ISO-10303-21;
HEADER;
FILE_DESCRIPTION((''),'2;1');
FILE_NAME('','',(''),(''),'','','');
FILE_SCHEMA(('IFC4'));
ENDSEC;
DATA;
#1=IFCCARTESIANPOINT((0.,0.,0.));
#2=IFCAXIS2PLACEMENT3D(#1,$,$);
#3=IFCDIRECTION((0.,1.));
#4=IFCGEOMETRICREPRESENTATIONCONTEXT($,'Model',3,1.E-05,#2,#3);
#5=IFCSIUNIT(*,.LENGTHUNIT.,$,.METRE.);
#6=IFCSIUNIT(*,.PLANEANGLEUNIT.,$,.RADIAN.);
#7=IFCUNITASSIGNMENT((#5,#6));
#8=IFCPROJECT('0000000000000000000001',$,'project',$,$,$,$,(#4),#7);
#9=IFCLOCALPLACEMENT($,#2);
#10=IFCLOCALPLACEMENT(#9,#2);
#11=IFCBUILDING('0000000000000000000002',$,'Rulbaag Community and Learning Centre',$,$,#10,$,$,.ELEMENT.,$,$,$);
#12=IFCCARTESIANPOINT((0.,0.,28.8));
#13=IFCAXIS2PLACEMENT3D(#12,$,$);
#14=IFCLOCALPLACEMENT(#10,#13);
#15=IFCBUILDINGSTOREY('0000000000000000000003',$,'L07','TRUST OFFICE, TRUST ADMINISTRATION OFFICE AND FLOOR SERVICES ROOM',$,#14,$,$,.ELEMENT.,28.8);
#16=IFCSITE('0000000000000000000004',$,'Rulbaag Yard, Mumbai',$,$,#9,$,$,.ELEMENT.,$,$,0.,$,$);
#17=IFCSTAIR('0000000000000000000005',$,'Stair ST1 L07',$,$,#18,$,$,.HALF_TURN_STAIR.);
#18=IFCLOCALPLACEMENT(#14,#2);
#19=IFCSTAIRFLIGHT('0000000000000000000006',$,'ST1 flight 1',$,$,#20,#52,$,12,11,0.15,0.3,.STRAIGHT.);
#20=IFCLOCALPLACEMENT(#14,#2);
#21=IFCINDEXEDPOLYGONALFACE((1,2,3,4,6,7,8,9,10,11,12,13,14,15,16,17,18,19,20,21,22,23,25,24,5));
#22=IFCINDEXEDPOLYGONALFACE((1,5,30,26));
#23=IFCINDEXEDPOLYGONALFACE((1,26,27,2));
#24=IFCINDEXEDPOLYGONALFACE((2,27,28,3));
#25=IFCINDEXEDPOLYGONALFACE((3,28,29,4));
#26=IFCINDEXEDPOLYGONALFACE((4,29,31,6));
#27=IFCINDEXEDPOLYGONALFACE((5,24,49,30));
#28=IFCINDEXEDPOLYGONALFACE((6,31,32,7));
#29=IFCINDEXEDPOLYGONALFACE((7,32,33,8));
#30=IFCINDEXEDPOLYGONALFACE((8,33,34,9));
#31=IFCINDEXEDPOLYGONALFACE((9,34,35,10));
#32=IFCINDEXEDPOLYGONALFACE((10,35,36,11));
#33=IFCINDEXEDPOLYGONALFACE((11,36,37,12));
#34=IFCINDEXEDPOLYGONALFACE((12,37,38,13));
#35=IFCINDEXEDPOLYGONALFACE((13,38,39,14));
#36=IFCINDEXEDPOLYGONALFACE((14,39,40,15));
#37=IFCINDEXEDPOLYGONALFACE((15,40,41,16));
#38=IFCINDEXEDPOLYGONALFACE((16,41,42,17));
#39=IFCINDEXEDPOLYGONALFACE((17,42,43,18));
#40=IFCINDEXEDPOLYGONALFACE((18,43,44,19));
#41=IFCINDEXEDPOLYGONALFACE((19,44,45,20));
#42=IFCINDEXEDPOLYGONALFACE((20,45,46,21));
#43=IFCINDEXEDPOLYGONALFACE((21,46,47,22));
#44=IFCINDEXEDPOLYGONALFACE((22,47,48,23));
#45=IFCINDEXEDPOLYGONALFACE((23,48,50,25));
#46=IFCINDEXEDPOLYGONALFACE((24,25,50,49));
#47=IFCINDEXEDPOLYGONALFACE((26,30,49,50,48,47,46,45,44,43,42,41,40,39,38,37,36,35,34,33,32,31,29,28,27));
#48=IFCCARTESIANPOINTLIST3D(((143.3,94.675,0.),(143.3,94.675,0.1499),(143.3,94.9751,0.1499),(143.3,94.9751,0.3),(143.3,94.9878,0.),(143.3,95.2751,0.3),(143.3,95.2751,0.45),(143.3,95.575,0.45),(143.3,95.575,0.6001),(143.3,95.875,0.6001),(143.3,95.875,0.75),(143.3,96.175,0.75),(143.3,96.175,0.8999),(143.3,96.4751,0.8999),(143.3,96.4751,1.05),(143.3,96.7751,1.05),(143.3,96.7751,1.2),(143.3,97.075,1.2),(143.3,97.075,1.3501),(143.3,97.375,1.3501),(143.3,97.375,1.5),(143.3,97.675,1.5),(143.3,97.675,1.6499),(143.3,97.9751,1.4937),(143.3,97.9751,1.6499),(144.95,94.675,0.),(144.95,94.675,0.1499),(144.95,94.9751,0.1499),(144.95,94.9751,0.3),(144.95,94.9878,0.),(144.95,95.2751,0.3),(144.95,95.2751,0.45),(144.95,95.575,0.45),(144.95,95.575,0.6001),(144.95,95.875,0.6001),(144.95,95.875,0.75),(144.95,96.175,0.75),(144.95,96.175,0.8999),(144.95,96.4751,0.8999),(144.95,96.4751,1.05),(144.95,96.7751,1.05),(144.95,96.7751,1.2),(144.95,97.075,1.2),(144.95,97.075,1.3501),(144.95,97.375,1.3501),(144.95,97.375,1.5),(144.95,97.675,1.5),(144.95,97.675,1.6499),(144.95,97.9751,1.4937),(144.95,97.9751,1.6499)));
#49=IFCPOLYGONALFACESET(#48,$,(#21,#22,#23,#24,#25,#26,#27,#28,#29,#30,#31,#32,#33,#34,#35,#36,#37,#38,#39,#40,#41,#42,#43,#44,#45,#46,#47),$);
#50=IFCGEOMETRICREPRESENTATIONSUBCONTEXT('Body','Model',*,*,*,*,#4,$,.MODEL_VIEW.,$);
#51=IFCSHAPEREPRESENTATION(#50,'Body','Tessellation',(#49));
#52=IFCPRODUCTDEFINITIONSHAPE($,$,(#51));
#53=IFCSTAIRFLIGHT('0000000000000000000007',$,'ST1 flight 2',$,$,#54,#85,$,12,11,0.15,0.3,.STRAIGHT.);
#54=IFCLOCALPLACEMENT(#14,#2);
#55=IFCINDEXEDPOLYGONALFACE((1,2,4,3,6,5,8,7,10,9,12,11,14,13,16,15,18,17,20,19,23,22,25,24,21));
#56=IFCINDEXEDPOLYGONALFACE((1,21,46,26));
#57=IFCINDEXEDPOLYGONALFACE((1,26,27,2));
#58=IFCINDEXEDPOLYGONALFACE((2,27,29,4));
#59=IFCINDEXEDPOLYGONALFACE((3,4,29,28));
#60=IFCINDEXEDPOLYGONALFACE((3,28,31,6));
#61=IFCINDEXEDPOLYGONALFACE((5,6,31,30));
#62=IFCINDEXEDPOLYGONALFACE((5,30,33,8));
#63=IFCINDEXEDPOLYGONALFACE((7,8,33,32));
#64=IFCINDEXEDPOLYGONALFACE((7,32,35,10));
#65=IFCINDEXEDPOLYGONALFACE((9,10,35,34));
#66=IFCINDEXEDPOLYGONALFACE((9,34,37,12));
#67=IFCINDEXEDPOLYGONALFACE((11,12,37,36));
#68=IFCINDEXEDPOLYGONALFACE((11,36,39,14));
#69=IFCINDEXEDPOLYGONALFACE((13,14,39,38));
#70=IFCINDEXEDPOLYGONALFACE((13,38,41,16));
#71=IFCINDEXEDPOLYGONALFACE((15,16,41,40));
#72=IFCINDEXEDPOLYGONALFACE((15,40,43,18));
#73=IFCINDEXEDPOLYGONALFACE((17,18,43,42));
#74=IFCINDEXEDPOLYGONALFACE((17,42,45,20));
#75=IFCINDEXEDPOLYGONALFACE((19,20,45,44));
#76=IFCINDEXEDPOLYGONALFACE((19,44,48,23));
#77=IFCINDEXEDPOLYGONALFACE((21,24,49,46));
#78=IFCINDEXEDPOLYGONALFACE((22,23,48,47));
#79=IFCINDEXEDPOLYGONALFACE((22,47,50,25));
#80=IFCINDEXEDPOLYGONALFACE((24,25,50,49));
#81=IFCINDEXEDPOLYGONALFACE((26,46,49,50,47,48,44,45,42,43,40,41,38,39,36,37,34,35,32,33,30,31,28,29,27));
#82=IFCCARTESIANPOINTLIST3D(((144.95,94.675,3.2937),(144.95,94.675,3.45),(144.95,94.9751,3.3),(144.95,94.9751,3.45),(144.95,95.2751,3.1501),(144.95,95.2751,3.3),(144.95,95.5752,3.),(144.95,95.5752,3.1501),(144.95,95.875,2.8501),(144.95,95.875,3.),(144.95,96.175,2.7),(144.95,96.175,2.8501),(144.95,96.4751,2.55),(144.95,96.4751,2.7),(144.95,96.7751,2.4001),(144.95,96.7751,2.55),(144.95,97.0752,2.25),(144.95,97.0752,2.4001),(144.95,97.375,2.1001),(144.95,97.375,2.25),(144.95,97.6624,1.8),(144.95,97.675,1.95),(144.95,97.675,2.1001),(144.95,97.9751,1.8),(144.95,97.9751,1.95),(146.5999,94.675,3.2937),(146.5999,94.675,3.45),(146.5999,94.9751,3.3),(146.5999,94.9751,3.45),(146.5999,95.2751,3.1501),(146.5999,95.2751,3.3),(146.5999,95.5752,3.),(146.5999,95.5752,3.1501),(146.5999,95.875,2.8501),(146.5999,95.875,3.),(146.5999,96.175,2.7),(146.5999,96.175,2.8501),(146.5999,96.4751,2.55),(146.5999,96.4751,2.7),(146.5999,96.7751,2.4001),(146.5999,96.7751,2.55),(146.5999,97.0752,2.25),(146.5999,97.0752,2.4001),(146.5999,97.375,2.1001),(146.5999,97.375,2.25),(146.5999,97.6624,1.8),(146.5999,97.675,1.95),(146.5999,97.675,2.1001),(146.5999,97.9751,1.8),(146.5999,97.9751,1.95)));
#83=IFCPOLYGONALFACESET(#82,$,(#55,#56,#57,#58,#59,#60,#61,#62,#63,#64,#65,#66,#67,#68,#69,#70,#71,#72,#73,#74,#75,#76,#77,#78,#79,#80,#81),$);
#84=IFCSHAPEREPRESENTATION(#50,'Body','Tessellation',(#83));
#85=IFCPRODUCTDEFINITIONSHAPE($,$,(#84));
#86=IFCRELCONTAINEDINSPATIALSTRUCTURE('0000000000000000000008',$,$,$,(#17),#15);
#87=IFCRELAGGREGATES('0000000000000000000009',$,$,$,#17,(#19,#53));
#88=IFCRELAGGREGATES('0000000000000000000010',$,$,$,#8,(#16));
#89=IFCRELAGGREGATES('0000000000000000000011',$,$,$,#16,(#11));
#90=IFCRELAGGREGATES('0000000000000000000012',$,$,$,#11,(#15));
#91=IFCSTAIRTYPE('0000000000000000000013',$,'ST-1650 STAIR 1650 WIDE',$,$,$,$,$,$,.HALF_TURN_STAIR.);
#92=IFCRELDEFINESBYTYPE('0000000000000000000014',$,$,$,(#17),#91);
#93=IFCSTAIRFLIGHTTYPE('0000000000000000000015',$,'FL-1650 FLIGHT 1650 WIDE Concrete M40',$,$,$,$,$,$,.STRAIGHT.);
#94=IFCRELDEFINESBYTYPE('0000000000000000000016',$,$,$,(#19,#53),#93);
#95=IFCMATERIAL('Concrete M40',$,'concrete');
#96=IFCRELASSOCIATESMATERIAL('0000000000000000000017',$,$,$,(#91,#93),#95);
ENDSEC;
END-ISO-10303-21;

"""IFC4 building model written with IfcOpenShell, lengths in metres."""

from ifc_helpers import new_model, si_unit, direction, frame, origin, place, context, subcontext, project, spatial, polyline, outline, extrude, material, type_object, element, aggregate, save


model = new_model("IFC4")

# Units and contexts
model_context = context("Model", 3, precision=1e-05, world=origin(), true_north=direction((0.0, 1.0)))
body_context = subcontext(model_context, "Body", "Model", "MODEL_VIEW")
ifc_project = project(units=[si_unit("LENGTHUNIT", "METRE"), si_unit("PLANEANGLEUNIT", "RADIAN")], contexts=[model_context])

# Site, building, storey
site_placement = place(None, origin())
site = spatial("IfcSite", under=ifc_project, at=site_placement, Name="Rulbaag Yard, Mumbai", CompositionType="ELEMENT", RefElevation=0.0)
building_placement = place(site_placement, origin())
building = spatial("IfcBuilding", under=site, at=building_placement, Name="Rulbaag Community and Learning Centre", CompositionType="ELEMENT")
storey_placement = place(building_placement, frame((0.0, 0.0, 28.8)))
storey = spatial("IfcBuildingStorey", under=building, at=storey_placement, Name="L07", Description="TRUST OFFICE, TRUST ADMINISTRATION OFFICE AND FLOOR SERVICES ROOM", CompositionType="ELEMENT", Elevation=28.8)

# Shared definitions
ifc_material_1 = material(Name="Concrete M40", Category="concrete")

# Stair, stair flights
stair_type = type_object("IfcStairType", Name="ST-1650 STAIR 1650 WIDE", PredefinedType="HALF_TURN_STAIR", material=ifc_material_1)
stair_placement = place(storey_placement, origin())
stair = element("IfcStair", 1, at=stair_placement, inside=storey, type_object=stair_type, Name="Stair ST1 L07", PredefinedType="HALF_TURN_STAIR")
stair_flight_type = type_object("IfcStairFlightType", Name="FL-1650 FLIGHT 1650 WIDE Concrete M40", PredefinedType="STRAIGHT", material=ifc_material_1)
stair_flight_1_placement = place(storey_placement, frame((144.125, 94.675, 0.0), z_axis=(0.0, 0.0, 1.0), x_axis=(0.0, 1.0, 0.0)))
stair_flight_1 = element("IfcStairFlight", 2, at=stair_flight_1_placement, type_object=stair_flight_type, Name="ST1 flight 1", NumberOfRisers=12, NumberOfTreads=11, PredefinedType="STRAIGHT", RiserHeight=0.15, TreadLength=0.3, context=body_context, shape_type="SweptSolid", body=[
    extrude(outline(polyline([(0.0, 0.0), (0.0, 0.1499), (0.3, 0.1499), (0.3, 0.3), (0.6001, 0.3), (0.6001, 0.45), (0.8999, 0.45), (0.8999, 0.6001), (1.2, 0.6001), (1.2, 0.75), (1.5, 0.75), (1.5, 0.8999), (1.8, 0.8999), (1.8, 1.05), (2.1001, 1.05), (2.1001, 1.2), (2.3999, 1.2), (2.3999, 1.3501), (2.7, 1.3501), (2.7, 1.5), (3.0, 1.5), (3.0, 1.6499), (3.3, 1.6499), (3.3, 1.4937), (0.3127, 0.0), (0.0, 0.0)])), frame((0.0, 0.825, 0.0), z_axis=(0.0, -1.0, 0.0), x_axis=(1.0, 0.0, 0.0)), (0.0, 0.0, 1.0), 1.6499),
])
stair_flight_2_placement = place(storey_placement, frame((145.7749, 97.9751, 1.8), z_axis=(0.0, 0.0, 1.0), x_axis=(0.0, -1.0, 0.0)))
stair_flight_2 = element("IfcStairFlight", 3, at=stair_flight_2_placement, type_object=stair_flight_type, Name="ST1 flight 2", NumberOfRisers=12, NumberOfTreads=11, PredefinedType="STRAIGHT", RiserHeight=0.15, TreadLength=0.3, context=body_context, shape_type="SweptSolid", body=[
    extrude(outline(polyline([(0.0, 0.0), (0.0, 0.1499), (0.3, 0.1499), (0.3, 0.3), (0.6001, 0.3), (0.6001, 0.45), (0.8999, 0.45), (0.8999, 0.6001), (1.2, 0.6001), (1.2, 0.75), (1.5, 0.75), (1.5, 0.8999), (1.8, 0.8999), (1.8, 1.05), (2.1001, 1.05), (2.1001, 1.2), (2.3999, 1.2), (2.3999, 1.3501), (2.7, 1.3501), (2.7, 1.5), (3.0, 1.5), (3.0, 1.6499), (3.3, 1.6499), (3.3, 1.4937), (0.3127, 0.0), (0.0, 0.0)])), frame((0.0, 0.825, 0.0), z_axis=(0.0, -1.0, 0.0), x_axis=(1.0, 0.0, 0.0)), (0.0, 0.0, 1.0), 1.6499),
])
aggregate(stair, [stair_flight_1, stair_flight_2])

save(model, "model.ifc")
